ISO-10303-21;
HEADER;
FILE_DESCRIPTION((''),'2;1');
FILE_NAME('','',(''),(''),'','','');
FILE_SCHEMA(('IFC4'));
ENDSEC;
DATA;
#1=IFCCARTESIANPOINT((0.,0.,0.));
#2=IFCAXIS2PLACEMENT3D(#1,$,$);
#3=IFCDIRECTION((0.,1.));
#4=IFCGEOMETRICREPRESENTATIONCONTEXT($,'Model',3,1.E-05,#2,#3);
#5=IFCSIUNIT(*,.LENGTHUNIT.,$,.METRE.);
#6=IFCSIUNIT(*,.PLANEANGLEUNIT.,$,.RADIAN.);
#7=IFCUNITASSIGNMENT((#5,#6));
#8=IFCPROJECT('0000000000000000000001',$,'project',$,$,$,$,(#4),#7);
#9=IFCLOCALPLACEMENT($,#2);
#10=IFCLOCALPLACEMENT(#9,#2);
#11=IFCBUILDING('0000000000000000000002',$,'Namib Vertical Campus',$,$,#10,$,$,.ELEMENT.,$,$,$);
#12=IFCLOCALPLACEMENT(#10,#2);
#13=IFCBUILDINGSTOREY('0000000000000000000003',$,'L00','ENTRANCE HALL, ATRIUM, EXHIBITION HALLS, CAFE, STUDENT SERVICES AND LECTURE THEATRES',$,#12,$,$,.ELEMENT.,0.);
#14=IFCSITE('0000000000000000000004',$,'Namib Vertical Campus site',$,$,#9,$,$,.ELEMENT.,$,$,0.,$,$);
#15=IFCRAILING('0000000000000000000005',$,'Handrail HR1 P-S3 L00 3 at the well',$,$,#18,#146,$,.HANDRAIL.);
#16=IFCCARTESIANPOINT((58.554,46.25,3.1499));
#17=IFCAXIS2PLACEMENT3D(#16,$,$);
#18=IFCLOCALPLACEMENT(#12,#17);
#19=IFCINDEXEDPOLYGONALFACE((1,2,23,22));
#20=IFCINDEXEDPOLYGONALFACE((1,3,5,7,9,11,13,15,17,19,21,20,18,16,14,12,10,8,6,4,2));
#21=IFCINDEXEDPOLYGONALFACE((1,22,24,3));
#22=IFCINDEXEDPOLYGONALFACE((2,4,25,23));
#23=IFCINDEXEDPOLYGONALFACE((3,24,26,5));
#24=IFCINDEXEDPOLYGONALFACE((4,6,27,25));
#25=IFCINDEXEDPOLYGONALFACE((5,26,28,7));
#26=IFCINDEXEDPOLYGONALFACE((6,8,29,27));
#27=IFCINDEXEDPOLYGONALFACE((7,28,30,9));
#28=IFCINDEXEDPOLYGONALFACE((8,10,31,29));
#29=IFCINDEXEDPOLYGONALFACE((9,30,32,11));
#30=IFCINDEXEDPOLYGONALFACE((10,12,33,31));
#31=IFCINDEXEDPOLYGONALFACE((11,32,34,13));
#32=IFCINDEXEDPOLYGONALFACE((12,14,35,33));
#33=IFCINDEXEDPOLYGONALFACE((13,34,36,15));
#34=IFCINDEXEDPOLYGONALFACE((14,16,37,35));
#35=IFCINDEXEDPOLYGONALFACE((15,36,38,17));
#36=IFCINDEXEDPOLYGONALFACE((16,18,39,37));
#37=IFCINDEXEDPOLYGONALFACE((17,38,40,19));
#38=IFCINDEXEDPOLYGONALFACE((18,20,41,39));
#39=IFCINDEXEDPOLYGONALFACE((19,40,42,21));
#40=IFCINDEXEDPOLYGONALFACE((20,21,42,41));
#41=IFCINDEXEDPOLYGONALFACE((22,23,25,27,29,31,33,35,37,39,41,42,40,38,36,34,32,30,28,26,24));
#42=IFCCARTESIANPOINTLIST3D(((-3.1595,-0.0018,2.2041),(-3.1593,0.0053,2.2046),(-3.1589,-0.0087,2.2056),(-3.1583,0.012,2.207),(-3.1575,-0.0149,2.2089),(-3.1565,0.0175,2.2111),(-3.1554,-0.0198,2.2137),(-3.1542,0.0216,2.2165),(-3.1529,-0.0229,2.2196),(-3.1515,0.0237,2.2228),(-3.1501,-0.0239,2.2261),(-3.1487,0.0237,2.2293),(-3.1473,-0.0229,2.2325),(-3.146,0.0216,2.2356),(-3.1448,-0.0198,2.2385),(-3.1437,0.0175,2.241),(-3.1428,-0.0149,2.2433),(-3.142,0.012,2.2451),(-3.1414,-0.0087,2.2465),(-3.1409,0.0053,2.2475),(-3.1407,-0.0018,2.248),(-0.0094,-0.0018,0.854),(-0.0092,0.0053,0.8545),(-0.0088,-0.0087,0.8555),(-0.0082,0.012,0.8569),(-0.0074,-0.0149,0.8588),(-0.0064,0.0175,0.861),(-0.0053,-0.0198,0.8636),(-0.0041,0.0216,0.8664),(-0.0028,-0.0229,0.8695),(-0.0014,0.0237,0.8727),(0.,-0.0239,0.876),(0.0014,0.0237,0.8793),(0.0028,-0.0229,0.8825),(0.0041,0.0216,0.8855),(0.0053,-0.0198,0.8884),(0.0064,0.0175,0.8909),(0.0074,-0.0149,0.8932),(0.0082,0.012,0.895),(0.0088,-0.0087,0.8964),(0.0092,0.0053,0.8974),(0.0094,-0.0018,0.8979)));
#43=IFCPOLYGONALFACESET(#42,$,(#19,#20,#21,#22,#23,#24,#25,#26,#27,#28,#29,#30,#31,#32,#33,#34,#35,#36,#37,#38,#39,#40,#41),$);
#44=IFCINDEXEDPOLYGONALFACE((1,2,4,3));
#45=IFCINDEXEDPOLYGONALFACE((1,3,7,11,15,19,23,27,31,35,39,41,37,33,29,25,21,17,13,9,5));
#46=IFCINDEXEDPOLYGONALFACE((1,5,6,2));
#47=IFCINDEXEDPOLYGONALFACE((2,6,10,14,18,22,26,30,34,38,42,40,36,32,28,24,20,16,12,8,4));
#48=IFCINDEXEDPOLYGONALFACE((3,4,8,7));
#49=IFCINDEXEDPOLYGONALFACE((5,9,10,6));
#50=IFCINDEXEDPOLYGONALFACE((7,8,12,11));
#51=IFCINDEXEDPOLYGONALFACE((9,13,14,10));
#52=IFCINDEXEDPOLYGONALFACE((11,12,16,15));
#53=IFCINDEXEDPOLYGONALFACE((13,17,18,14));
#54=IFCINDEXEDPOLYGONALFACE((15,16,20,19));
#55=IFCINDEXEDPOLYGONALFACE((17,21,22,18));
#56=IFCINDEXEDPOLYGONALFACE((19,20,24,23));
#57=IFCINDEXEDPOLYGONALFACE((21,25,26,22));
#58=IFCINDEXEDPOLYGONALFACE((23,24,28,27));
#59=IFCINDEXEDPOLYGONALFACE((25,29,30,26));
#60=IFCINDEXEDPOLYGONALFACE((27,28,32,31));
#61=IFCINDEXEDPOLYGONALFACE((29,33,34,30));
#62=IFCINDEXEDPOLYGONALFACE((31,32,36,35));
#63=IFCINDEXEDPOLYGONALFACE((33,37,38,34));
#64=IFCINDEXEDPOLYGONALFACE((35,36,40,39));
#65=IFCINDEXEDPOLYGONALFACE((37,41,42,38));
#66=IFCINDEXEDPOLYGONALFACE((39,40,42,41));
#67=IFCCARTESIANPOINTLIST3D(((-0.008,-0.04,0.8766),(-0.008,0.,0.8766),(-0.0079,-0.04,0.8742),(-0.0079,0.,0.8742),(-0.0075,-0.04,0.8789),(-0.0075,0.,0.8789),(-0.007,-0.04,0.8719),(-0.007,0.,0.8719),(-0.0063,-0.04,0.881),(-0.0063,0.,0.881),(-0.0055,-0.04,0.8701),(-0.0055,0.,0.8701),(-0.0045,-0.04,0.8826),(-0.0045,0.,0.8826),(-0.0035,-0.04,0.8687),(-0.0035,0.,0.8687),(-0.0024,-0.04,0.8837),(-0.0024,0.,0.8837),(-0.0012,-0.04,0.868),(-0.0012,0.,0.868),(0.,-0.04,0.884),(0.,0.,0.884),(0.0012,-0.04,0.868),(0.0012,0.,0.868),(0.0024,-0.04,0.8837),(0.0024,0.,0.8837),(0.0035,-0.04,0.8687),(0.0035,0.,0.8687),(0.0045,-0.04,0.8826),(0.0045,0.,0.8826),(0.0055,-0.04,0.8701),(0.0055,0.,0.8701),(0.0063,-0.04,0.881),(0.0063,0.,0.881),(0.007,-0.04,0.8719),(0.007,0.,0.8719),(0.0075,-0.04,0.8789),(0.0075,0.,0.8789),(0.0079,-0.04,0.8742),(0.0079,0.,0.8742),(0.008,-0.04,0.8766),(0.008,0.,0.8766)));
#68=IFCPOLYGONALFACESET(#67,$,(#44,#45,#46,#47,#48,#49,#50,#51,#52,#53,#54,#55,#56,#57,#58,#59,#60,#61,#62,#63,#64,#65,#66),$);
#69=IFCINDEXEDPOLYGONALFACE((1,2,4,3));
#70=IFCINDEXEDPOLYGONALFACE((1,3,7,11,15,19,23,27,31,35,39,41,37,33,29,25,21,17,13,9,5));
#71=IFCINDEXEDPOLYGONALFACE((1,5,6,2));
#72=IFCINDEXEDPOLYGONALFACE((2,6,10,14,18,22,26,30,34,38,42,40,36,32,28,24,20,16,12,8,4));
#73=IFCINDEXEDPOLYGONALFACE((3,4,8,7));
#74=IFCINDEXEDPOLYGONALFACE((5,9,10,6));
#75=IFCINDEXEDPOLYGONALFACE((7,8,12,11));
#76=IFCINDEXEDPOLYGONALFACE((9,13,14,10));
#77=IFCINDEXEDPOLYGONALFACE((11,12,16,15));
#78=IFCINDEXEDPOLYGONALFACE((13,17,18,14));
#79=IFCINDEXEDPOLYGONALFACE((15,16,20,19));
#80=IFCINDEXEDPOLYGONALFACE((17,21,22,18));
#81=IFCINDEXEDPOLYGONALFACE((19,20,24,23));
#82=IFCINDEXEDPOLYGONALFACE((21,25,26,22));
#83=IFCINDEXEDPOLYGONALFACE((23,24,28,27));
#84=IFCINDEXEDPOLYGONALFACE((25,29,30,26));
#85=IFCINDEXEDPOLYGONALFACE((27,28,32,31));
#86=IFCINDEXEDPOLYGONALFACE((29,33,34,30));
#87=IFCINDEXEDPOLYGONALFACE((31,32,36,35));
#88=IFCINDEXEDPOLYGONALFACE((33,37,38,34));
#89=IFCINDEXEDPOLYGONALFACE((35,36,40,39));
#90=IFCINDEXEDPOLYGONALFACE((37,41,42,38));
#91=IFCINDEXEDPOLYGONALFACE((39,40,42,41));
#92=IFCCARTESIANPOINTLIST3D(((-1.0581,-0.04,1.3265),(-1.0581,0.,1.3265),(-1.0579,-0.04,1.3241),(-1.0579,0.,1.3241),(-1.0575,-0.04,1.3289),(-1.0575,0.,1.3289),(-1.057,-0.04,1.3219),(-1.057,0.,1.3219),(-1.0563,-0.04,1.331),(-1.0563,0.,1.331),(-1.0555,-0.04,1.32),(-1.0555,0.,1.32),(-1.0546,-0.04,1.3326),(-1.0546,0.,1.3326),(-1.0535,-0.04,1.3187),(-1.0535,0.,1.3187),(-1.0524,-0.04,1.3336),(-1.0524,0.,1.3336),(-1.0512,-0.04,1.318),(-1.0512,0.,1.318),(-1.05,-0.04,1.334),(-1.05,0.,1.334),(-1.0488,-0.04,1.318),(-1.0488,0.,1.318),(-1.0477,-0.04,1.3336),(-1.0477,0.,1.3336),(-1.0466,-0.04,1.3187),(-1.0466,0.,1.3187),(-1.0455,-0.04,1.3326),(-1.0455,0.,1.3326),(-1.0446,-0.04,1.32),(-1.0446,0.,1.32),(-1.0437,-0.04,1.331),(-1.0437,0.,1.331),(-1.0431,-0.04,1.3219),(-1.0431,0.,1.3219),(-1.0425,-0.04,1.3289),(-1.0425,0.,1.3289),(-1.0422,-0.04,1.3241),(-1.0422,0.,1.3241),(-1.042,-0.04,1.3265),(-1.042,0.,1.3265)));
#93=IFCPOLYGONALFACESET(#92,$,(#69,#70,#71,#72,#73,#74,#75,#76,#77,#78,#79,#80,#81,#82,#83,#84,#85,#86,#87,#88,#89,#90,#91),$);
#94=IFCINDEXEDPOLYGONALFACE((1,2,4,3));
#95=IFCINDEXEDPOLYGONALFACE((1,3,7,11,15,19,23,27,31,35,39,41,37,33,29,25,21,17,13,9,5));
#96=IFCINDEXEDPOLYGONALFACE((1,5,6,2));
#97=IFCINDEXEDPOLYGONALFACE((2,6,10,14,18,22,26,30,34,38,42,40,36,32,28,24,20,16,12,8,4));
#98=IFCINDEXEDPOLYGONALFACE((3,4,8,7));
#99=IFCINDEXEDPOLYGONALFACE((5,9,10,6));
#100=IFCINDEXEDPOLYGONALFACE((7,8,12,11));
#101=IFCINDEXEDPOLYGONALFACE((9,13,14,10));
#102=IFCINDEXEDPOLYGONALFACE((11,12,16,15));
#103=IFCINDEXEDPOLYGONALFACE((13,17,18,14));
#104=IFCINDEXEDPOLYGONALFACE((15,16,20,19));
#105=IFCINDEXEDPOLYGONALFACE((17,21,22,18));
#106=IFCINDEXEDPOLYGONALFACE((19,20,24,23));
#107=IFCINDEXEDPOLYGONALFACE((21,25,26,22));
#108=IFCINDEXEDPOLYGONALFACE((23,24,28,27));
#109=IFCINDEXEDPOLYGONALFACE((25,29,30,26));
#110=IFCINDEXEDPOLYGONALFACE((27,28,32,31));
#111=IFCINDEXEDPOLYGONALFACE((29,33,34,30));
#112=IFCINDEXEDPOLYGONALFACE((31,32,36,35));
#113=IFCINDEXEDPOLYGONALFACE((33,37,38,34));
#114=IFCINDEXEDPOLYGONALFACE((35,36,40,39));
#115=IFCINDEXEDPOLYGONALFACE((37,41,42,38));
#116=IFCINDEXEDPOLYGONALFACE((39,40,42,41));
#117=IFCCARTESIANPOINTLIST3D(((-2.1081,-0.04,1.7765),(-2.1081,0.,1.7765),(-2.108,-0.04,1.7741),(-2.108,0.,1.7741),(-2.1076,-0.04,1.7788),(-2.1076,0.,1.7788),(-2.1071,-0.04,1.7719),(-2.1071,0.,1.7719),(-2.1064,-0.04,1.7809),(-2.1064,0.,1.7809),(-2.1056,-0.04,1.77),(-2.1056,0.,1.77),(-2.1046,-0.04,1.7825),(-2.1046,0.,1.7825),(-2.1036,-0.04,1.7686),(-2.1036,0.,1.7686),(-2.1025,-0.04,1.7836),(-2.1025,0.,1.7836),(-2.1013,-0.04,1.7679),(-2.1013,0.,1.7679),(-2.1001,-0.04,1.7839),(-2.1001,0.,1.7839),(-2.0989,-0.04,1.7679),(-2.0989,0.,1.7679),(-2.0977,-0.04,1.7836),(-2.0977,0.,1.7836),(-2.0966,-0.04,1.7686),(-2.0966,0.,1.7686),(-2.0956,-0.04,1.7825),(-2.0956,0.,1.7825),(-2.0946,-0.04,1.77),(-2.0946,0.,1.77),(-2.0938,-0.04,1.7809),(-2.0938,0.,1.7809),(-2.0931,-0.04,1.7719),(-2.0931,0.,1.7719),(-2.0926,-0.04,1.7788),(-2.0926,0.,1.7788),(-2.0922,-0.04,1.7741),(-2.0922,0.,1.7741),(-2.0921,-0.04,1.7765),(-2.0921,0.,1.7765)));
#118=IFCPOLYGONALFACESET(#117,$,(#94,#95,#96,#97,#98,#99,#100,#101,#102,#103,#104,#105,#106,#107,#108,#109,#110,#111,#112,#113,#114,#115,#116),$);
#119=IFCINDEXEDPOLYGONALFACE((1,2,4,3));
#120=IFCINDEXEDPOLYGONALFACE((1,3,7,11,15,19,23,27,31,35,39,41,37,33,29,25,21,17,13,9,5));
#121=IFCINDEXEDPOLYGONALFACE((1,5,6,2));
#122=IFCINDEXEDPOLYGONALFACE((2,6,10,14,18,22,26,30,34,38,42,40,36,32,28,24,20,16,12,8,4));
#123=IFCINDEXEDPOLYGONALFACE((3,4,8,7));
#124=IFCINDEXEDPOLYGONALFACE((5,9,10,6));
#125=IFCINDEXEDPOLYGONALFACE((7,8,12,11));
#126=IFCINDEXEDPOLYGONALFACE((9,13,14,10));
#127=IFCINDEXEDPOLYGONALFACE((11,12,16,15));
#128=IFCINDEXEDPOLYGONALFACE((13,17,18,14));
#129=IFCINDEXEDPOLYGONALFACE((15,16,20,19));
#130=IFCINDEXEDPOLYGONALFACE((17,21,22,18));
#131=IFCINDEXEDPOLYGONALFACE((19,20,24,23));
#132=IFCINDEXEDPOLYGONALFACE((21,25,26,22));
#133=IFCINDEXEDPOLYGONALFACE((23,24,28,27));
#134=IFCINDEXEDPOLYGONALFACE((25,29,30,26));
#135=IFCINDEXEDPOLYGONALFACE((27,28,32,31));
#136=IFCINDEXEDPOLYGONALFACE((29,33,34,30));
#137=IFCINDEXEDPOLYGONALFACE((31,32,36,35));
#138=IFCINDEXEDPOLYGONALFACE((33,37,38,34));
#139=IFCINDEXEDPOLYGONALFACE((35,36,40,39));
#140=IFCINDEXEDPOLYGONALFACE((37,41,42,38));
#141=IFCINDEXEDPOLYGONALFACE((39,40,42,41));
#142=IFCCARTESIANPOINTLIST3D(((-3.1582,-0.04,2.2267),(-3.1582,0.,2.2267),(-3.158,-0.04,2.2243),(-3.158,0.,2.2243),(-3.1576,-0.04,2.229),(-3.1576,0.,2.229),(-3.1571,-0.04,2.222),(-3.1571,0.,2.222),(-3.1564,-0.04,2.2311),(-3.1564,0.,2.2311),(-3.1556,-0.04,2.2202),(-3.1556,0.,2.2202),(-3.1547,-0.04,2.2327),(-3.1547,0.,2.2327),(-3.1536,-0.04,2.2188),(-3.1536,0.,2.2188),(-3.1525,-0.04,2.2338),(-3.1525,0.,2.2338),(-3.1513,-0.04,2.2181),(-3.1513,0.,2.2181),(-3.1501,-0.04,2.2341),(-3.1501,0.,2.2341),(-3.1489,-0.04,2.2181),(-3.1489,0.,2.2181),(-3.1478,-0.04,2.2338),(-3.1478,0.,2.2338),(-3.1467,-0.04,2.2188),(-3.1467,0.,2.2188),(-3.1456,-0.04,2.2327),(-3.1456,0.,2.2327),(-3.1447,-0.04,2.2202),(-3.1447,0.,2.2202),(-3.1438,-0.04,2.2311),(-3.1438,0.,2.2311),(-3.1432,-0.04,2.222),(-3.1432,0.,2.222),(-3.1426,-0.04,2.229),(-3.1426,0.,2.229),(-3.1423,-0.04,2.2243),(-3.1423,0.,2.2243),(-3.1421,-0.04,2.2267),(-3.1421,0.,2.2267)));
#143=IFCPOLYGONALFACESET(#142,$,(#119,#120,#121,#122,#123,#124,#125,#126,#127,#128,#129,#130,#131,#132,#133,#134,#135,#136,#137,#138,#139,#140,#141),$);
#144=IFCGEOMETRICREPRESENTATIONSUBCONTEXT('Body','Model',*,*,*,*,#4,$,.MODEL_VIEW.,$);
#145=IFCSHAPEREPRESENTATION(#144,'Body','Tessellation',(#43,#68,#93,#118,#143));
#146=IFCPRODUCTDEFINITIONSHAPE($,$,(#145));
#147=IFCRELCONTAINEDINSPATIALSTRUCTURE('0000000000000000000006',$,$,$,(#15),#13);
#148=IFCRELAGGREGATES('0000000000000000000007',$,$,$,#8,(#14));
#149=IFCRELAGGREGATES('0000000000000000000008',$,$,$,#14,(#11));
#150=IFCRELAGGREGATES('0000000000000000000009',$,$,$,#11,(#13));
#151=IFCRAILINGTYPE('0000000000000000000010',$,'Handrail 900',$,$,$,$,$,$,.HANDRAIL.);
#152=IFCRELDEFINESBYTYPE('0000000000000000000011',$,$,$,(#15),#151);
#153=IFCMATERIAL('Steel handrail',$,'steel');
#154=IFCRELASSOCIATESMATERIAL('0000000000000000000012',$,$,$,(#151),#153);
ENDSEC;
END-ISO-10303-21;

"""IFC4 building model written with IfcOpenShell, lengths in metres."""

from ifc_helpers import new_model, si_unit, direction, frame, origin, origin_2d, place, context, subcontext, project, spatial, circle, extrude, material, type_object, element, save


model = new_model("IFC4")

# Units and contexts
model_context = context("Model", 3, precision=1e-05, world=origin(), true_north=direction((0.0, 1.0)))
body_context = subcontext(model_context, "Body", "Model", "MODEL_VIEW")
ifc_project = project(units=[si_unit("LENGTHUNIT", "METRE"), si_unit("PLANEANGLEUNIT", "RADIAN")], contexts=[model_context])

# Site, building, storey
site_placement = place(None, origin())
site = spatial("IfcSite", under=ifc_project, at=site_placement, Name="Namib Vertical Campus site", CompositionType="ELEMENT", RefElevation=0.0)
building_placement = place(site_placement, origin())
building = spatial("IfcBuilding", under=site, at=building_placement, Name="Namib Vertical Campus", CompositionType="ELEMENT")
storey_placement = place(building_placement, origin())
storey = spatial("IfcBuildingStorey", under=building, at=storey_placement, Name="L00", Description="ENTRANCE HALL, ATRIUM, EXHIBITION HALLS, CAFE, STUDENT SERVICES AND LECTURE THEATRES", CompositionType="ELEMENT", Elevation=0.0)

# Railing
ifc_material_1 = material(Name="Steel handrail", Category="steel")
railing_type_1 = type_object("IfcRailingType", Name="Handrail 900", PredefinedType="HANDRAIL", material=ifc_material_1)
railing_1_placement = place(storey_placement, frame((58.554, 46.25, 3.1499)))
element("IfcRailing", 1, at=railing_1_placement, inside=storey, type_object=railing_type_1, Name="Handrail HR1 P-S3 L00 3 at the well", PredefinedType="HANDRAIL", context=body_context, shape_type="SweptSolid", body=[
    extrude(circle(Radius=0.0239, at=origin_2d()), frame((0.0, 0.0, 0.876), z_axis=(-0.919141, 0.0, 0.393928), x_axis=(0.0, -1.0, 0.0)), (0.0, 0.0, 1.0), 3.4272),
    extrude(circle(Radius=0.0081, at=origin_2d()), frame((0.0, 0.0, 0.876), z_axis=(0.0, -1.0, 0.0), x_axis=(0.0, 0.0, 1.0)), (0.0, 0.0, 1.0), 0.04),
    extrude(circle(Radius=0.0081, at=origin_2d()), frame((-1.05, 0.0, 1.3259), z_axis=(0.0, -1.0, 0.0), x_axis=(0.0, 0.0, 1.0)), (0.0, 0.0, 1.0), 0.04),
    extrude(circle(Radius=0.0081, at=origin_2d()), frame((-2.1001, 0.0, 1.7759), z_axis=(0.0, -1.0, 0.0), x_axis=(0.0, 0.0, 1.0)), (0.0, 0.0, 1.0), 0.04),
    extrude(circle(Radius=0.0081, at=origin_2d()), frame((-3.1501, 0.0, 2.2261), z_axis=(0.0, -1.0, 0.0), x_axis=(0.0, 0.0, 1.0)), (0.0, 0.0, 1.0), 0.04),
])

save(model, "model.ifc")
